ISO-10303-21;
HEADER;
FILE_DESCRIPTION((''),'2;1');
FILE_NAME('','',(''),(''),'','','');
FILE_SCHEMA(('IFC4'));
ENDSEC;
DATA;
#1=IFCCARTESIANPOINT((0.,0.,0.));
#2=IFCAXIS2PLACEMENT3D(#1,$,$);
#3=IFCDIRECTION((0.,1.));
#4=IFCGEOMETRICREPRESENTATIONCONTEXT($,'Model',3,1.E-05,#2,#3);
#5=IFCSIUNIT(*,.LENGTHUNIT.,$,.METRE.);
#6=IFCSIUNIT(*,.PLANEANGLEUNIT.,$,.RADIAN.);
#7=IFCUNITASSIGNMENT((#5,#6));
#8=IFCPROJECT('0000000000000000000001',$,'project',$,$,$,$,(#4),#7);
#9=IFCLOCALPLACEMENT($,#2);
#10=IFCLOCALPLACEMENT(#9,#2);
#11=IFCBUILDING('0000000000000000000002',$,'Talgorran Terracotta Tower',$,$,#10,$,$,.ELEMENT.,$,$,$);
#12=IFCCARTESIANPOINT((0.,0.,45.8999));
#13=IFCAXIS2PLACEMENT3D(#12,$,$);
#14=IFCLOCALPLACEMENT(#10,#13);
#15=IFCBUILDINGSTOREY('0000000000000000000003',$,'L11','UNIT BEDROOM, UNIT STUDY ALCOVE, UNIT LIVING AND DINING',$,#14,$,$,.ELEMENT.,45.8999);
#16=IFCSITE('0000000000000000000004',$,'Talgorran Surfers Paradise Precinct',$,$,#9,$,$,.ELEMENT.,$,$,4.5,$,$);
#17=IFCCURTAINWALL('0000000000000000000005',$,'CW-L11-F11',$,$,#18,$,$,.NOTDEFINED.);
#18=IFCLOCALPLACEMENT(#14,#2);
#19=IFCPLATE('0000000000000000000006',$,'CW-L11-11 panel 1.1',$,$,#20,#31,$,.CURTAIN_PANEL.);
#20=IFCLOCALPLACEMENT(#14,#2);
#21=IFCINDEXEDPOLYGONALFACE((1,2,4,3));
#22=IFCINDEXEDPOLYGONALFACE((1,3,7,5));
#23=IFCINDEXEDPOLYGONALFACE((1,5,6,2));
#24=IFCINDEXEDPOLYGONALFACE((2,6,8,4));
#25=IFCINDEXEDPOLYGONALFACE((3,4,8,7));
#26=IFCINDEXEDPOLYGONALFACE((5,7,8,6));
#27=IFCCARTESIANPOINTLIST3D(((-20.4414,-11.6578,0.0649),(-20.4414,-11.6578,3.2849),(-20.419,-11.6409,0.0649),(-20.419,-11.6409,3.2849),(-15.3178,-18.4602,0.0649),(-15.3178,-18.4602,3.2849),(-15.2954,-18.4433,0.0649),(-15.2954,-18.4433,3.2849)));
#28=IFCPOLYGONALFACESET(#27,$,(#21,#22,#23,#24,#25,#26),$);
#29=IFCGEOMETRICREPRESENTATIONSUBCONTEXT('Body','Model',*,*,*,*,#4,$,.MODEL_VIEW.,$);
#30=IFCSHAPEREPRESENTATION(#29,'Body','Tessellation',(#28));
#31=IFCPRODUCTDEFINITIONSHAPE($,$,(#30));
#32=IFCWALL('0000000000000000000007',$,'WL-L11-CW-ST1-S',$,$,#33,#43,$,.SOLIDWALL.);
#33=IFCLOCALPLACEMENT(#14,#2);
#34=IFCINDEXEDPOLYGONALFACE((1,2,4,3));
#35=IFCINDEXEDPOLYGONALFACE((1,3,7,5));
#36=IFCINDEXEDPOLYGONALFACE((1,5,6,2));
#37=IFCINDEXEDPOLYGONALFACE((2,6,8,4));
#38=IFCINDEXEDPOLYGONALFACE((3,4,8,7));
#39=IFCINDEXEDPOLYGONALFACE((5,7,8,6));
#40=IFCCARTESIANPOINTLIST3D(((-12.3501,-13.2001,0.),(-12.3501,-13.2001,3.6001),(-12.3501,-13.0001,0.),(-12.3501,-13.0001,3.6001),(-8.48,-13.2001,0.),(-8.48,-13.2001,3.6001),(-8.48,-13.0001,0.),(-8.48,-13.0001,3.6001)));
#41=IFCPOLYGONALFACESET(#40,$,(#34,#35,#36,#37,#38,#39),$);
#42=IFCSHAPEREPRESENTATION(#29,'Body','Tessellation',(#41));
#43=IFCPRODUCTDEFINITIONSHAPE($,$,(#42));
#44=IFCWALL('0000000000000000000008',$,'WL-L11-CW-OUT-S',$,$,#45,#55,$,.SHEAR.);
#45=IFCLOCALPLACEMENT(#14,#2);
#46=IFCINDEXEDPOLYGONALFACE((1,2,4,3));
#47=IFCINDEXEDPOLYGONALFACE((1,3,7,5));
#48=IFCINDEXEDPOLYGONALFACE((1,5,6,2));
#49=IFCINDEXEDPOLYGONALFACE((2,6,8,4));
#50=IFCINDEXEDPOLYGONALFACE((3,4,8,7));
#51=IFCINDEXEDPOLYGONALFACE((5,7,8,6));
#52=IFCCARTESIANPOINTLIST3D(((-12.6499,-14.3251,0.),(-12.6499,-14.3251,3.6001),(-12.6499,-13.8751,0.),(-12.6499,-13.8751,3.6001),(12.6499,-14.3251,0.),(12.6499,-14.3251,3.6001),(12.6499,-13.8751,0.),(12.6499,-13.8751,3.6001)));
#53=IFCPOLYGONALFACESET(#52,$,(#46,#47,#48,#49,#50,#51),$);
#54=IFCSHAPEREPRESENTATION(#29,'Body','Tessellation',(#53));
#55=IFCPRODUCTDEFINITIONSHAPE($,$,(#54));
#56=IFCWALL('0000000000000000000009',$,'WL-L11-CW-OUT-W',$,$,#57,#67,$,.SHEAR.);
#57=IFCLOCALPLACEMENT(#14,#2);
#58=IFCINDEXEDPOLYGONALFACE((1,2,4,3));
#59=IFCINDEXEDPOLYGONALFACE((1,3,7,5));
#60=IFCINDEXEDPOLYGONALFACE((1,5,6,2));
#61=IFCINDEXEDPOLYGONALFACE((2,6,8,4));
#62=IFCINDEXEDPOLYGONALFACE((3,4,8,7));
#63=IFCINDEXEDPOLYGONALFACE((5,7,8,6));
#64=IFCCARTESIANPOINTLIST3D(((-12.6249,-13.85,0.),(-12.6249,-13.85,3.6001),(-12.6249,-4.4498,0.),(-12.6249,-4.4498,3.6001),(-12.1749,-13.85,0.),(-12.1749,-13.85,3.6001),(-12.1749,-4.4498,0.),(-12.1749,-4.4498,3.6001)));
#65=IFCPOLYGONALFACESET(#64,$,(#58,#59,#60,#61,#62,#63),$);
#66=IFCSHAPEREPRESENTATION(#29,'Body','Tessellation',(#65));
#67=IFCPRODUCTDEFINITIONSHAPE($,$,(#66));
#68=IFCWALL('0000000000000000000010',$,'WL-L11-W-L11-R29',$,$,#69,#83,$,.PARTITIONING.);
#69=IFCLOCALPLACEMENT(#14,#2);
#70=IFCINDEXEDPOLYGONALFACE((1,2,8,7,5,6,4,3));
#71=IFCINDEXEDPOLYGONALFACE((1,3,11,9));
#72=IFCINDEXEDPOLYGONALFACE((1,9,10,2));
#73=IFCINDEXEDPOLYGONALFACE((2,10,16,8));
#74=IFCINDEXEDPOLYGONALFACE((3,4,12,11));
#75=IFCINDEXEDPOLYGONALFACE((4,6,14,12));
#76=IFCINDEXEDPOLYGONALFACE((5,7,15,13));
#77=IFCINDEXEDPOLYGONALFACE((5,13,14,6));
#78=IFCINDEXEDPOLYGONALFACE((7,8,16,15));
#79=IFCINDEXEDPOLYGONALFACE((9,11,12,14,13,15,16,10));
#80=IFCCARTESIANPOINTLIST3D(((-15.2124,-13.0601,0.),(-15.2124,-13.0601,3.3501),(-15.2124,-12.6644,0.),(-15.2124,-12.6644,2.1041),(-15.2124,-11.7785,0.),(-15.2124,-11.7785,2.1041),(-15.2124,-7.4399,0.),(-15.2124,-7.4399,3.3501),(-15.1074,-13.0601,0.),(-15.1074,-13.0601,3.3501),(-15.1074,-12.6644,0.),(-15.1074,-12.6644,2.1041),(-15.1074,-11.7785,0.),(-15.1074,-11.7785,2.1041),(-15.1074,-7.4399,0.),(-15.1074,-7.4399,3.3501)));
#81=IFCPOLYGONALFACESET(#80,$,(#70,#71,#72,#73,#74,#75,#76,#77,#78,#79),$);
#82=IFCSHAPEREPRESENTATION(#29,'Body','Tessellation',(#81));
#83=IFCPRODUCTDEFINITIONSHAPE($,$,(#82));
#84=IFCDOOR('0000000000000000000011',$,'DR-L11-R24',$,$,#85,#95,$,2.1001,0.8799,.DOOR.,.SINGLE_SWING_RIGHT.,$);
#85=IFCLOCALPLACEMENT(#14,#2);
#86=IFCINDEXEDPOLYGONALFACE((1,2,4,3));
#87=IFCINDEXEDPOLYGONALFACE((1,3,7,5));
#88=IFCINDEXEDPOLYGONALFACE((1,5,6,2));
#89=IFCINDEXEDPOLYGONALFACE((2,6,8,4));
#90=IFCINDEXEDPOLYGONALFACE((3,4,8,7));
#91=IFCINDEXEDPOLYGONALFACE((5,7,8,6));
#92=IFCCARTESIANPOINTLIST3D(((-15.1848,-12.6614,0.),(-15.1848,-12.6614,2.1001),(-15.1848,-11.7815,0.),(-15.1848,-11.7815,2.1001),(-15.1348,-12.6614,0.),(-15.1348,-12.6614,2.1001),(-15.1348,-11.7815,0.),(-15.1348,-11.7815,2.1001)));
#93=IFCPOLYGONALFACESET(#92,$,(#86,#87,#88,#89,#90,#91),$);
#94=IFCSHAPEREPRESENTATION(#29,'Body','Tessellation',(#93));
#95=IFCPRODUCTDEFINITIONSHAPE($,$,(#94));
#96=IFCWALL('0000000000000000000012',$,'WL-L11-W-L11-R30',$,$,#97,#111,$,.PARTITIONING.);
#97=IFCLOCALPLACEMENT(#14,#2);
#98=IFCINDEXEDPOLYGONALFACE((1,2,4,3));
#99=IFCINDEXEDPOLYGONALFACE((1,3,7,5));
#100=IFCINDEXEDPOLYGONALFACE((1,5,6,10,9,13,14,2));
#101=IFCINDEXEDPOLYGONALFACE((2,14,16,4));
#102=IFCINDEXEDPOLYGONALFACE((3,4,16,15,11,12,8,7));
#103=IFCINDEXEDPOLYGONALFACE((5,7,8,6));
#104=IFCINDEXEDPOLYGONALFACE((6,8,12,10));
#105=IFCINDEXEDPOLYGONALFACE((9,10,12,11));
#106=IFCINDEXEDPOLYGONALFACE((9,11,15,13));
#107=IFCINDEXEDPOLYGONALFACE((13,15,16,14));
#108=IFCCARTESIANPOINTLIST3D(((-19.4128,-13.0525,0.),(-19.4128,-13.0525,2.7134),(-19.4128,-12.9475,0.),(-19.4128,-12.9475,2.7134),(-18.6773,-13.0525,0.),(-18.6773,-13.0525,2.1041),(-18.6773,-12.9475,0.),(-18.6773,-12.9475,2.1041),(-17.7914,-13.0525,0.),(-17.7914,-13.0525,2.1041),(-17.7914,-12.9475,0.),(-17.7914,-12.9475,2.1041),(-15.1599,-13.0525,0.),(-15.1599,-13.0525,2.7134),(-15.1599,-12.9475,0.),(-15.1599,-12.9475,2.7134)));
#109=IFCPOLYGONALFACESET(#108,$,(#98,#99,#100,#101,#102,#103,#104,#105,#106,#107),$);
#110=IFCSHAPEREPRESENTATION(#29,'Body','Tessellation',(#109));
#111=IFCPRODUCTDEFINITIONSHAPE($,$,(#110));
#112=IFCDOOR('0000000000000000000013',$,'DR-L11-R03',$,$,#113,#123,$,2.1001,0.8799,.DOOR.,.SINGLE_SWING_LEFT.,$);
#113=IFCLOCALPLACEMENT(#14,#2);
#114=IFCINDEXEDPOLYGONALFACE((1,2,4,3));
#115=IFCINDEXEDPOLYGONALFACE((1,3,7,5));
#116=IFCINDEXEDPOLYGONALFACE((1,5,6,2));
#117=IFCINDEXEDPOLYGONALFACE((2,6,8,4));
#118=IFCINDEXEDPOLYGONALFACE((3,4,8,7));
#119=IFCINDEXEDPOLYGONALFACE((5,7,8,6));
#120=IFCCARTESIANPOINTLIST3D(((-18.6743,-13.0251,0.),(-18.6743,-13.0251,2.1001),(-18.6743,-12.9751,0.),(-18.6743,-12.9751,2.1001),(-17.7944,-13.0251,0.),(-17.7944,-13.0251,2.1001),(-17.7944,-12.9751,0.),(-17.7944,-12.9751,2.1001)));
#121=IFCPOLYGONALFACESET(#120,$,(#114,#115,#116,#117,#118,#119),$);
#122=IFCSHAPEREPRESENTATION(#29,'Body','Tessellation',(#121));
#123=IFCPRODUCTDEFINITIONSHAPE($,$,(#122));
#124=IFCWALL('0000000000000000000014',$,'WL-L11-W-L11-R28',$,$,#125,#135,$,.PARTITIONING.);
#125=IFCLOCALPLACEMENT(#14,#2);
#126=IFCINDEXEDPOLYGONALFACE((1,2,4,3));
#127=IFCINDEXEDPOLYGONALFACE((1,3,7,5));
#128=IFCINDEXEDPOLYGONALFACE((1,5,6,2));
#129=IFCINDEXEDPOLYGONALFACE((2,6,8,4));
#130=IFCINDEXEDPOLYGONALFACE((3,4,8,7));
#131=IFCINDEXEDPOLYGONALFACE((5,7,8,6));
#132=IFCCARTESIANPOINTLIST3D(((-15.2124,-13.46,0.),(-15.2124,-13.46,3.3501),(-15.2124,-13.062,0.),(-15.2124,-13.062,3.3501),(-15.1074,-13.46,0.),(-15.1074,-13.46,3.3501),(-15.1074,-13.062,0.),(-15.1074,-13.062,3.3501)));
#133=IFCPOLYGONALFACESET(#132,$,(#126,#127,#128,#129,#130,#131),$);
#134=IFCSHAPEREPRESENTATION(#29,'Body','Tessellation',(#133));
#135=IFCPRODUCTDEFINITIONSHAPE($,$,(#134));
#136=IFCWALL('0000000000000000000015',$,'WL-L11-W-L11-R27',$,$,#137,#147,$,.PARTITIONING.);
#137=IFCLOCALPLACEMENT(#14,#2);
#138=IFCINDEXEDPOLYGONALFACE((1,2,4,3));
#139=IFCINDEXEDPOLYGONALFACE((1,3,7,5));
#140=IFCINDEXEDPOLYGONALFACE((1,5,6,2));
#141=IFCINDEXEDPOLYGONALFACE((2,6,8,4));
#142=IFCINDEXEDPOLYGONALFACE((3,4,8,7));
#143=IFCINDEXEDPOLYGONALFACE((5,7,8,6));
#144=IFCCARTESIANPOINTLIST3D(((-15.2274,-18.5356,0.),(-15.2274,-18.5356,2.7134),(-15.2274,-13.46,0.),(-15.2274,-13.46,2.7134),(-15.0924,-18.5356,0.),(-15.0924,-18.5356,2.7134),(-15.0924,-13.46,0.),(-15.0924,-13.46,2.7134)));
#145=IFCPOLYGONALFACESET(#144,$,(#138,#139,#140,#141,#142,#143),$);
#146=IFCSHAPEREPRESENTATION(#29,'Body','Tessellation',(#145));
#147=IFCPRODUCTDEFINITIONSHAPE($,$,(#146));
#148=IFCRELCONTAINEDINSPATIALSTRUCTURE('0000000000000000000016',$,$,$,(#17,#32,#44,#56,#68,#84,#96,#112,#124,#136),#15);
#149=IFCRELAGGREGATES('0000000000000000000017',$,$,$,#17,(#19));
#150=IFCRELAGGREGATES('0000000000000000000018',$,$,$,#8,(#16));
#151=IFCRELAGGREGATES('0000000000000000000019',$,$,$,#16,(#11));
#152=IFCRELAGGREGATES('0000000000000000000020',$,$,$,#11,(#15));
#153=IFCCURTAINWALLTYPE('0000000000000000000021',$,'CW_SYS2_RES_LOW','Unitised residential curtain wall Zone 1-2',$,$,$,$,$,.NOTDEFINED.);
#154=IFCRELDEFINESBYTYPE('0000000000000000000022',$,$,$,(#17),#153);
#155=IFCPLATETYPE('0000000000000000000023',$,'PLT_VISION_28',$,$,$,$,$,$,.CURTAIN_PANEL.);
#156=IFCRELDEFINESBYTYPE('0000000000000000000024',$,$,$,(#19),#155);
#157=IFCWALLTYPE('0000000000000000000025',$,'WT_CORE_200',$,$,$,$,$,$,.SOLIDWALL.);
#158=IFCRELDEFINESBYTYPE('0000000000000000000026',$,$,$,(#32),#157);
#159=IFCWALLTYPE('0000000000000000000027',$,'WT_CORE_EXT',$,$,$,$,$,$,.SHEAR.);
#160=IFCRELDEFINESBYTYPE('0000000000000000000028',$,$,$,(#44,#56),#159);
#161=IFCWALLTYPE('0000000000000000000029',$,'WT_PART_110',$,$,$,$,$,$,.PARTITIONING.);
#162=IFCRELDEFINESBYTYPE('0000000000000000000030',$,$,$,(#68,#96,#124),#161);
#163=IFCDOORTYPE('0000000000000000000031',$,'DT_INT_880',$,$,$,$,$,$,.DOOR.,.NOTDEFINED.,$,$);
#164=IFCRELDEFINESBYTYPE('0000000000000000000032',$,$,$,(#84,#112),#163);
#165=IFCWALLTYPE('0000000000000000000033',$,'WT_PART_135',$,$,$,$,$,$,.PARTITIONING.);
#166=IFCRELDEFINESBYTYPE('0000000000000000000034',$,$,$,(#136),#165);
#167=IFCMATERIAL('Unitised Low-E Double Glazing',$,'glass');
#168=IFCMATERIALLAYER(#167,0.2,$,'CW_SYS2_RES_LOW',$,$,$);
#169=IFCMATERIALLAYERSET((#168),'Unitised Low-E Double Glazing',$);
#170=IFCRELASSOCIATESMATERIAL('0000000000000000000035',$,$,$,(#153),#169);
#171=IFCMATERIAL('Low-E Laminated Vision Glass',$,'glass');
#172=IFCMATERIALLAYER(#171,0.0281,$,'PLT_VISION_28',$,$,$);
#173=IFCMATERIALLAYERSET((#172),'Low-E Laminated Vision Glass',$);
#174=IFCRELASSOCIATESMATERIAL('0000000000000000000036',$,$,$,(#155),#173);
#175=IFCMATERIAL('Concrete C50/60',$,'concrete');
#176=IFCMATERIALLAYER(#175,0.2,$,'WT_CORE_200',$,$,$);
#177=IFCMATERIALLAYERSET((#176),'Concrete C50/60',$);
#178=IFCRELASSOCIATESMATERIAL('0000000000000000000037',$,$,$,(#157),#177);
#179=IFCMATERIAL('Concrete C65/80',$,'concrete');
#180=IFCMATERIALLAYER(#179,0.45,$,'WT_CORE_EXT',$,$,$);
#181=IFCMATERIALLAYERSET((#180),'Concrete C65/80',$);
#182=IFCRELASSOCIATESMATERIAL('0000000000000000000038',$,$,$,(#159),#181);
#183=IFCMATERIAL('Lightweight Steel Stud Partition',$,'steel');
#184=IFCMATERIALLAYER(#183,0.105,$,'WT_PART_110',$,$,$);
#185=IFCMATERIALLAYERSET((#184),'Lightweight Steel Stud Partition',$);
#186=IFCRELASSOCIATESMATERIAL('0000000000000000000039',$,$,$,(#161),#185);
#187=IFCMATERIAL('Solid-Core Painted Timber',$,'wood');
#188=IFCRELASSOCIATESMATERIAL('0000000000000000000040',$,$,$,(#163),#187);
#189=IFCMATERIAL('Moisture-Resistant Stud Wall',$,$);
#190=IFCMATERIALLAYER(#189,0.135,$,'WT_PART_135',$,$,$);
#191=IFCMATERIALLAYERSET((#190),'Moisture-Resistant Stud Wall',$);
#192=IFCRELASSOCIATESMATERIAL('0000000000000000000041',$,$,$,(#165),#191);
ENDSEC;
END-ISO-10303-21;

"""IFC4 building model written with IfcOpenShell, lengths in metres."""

from ifc_helpers import new_model, si_unit, direction, frame, frame_2d, origin, origin_2d, place, context, subcontext, project, spatial, rectangle, extrude, source, transform, mapped, material, layer, layer_set, type_object, type_shapes, element, fill, aggregate, save


model = new_model("IFC4")

# Units and contexts
model_context = context("Model", 3, precision=1e-05, world=origin(), true_north=direction((0.0, 1.0)))
body_context = subcontext(model_context, "Body", "Model", "MODEL_VIEW")
ifc_project = project(units=[si_unit("LENGTHUNIT", "METRE"), si_unit("PLANEANGLEUNIT", "RADIAN")], contexts=[model_context])

# Site, building, storey
site_placement = place(None, origin())
site = spatial("IfcSite", under=ifc_project, at=site_placement, Name="Talgorran Surfers Paradise Precinct", CompositionType="ELEMENT", RefElevation=4.5)
building_placement = place(site_placement, origin())
building = spatial("IfcBuilding", under=site, at=building_placement, Name="Talgorran Terracotta Tower", CompositionType="ELEMENT")
storey_placement = place(building_placement, frame((0.0, 0.0, 45.8999)))
storey = spatial("IfcBuildingStorey", under=building, at=storey_placement, Name="L11", Description="UNIT BEDROOM, UNIT STUDY ALCOVE, UNIT LIVING AND DINING", CompositionType="ELEMENT", Elevation=45.8999)

# Curtain wall
ifc_material_1 = material(Name="Unitised Low-E Double Glazing", Category="glass")
ifc_layer_1 = layer(ifc_material_1, 0.2, Name="CW_SYS2_RES_LOW")
ifc_layer_set_1 = layer_set([ifc_layer_1], Name="Unitised Low-E Double Glazing")
curtain_wall_type = type_object("IfcCurtainWallType", Name="CW_SYS2_RES_LOW", Description="Unitised residential curtain wall Zone 1-2", PredefinedType="NOTDEFINED", material=ifc_layer_set_1)
curtain_wall_1_placement = place(storey_placement, origin())
curtain_wall_1 = element("IfcCurtainWall", 1, at=curtain_wall_1_placement, inside=storey, type_object=curtain_wall_type, Name="CW-L11-F11", PredefinedType="NOTDEFINED")

# Plate
ifc_material_2 = material(Name="Low-E Laminated Vision Glass", Category="glass")
ifc_layer_2 = layer(ifc_material_2, 0.0281, Name="PLT_VISION_28")
ifc_layer_set_2 = layer_set([ifc_layer_2], Name="Low-E Laminated Vision Glass")
plate_type = type_object("IfcPlateType", Name="PLT_VISION_28", PredefinedType="CURTAIN_PANEL", material=ifc_layer_set_2)
shared_shape = source(origin(), body_context, "Body", "SweptSolid", [
    extrude(rectangle(XDim=8.5161, YDim=0.0281, at=origin_2d()), origin(), (0.0, 0.0, 1.0), 3.22),
])
type_shapes(plate_type, [shared_shape])
plate_placement = place(storey_placement, frame((-17.8684, -15.0505, 0.0649), z_axis=(0.0, 0.0, 1.0), x_axis=(0.601633, -0.798773, 0.0)))
plate = element("IfcPlate", 2, at=plate_placement, type_object=plate_type, Name="CW-L11-11 panel 1.1", PredefinedType="CURTAIN_PANEL", context=body_context, shape_type="MappedRepresentation", body=[
    mapped(shared_shape, transform((0.0, 0.0, 0.0), scale=1.0)),
])
aggregate(curtain_wall_1, [plate])

# Walls
ifc_material_3 = material(Name="Concrete C50/60", Category="concrete")
ifc_layer_3 = layer(ifc_material_3, 0.2, Name="WT_CORE_200")
ifc_layer_set_3 = layer_set([ifc_layer_3], Name="Concrete C50/60")
wall_type_1 = type_object("IfcWallType", Name="WT_CORE_200", PredefinedType="SOLIDWALL", material=ifc_layer_set_3)
wall_1_placement = place(storey_placement, frame((-12.3501, -13.1001, 0.0), z_axis=(0.0, 0.0, 1.0), x_axis=(1.0, 0.0, 0.0)))
element("IfcWall", 3, at=wall_1_placement, inside=storey, type_object=wall_type_1, Name="WL-L11-CW-ST1-S", PredefinedType="SOLIDWALL", context=body_context, shape_type="SweptSolid", body=[
    extrude(rectangle(XDim=3.8701, YDim=0.2, at=frame_2d((1.9351, 0.0))), origin(), (0.0, 0.0, 1.0), 3.6001),
])
ifc_material_4 = material(Name="Concrete C65/80", Category="concrete")
ifc_layer_4 = layer(ifc_material_4, 0.45, Name="WT_CORE_EXT")
ifc_layer_set_4 = layer_set([ifc_layer_4], Name="Concrete C65/80")
wall_type_2 = type_object("IfcWallType", Name="WT_CORE_EXT", PredefinedType="SHEAR", material=ifc_layer_set_4)
wall_2_placement = place(storey_placement, frame((-12.6499, -14.1001, 0.0), z_axis=(0.0, 0.0, 1.0), x_axis=(1.0, 0.0, 0.0)))
element("IfcWall", 4, at=wall_2_placement, inside=storey, type_object=wall_type_2, Name="WL-L11-CW-OUT-S", PredefinedType="SHEAR", context=body_context, shape_type="SweptSolid", body=[
    extrude(rectangle(XDim=25.2998, YDim=0.45, at=frame_2d((12.6499, 0.0))), origin(), (0.0, 0.0, 1.0), 3.6001),
])
wall_3_placement = place(storey_placement, frame((-12.3999, -13.8501, 0.0), z_axis=(0.0, 0.0, 1.0), x_axis=(0.0, 1.0, 0.0)))
element("IfcWall", 5, at=wall_3_placement, inside=storey, type_object=wall_type_2, Name="WL-L11-CW-OUT-W", PredefinedType="SHEAR", context=body_context, shape_type="SweptSolid", body=[
    extrude(rectangle(XDim=9.4001, YDim=0.45, at=frame_2d((4.7002, 0.0))), origin(), (0.0, 0.0, 1.0), 3.6001),
])

# Walls, openings, doors
ifc_material_5 = material(Name="Lightweight Steel Stud Partition", Category="steel")
ifc_layer_5 = layer(ifc_material_5, 0.105, Name="WT_PART_110")
ifc_layer_set_5 = layer_set([ifc_layer_5], Name="Lightweight Steel Stud Partition")
wall_type_3 = type_object("IfcWallType", Name="WT_PART_110", PredefinedType="PARTITIONING", material=ifc_layer_set_5)
wall_4_placement = place(storey_placement, frame((-15.1599, -13.0601, 0.0), z_axis=(0.0, 0.0, 1.0), x_axis=(0.0, 1.0, 0.0)))
wall_4 = element("IfcWall", 6, at=wall_4_placement, inside=storey, type_object=wall_type_3, Name="WL-L11-W-L11-R29", PredefinedType="PARTITIONING", context=body_context, shape_type="SweptSolid", body=[
    extrude(rectangle(XDim=5.6201, YDim=0.105, at=frame_2d((2.8101, 0.0))), origin(), (0.0, 0.0, 1.0), 3.3501),
])
opening_1_placement = place(wall_4_placement, frame((0.3987, 0.0, 0.0)))
opening_1 = element("IfcOpeningElement", 7, at=opening_1_placement, cuts=wall_4, PredefinedType="OPENING", context=body_context, shape_type="SweptSolid", body=[
    extrude(rectangle(XDim=0.8859, YDim=2.1041, at=frame_2d((0.4399, 1.052))), frame((0.0, 0.0625, 0.0), z_axis=(0.0, -1.0, 0.0), x_axis=(1.0, 0.0, 0.0)), (0.0, 0.0, 1.0), 0.125),
])
ifc_material_6 = material(Name="Solid-Core Painted Timber", Category="wood")
door_type_1 = type_object("IfcDoorType", Name="DT_INT_880", OperationType="NOTDEFINED", PredefinedType="DOOR", material=ifc_material_6)
door_1_placement = place(opening_1_placement, origin())
door_1 = element("IfcDoor", 8, at=door_1_placement, inside=storey, type_object=door_type_1, Name="DR-L11-R24", OperationType="SINGLE_SWING_RIGHT", OverallHeight=2.1001, OverallWidth=0.8799, PredefinedType="DOOR", context=body_context, shape_type="SweptSolid", body=[
    extrude(rectangle(XDim=0.8799, YDim=2.1001, at=frame_2d((0.4399, 1.05))), frame((0.0, 0.0249, 0.0), z_axis=(0.0, -1.0, 0.0), x_axis=(1.0, 0.0, 0.0)), (0.0, 0.0, 1.0), 0.05),
])
fill(opening_1, door_1)
wall_5_placement = place(storey_placement, frame((-19.4128, -13.0, 0.0), z_axis=(0.0, 0.0, 1.0), x_axis=(1.0, 0.0, 0.0)))
wall_5 = element("IfcWall", 9, at=wall_5_placement, inside=storey, type_object=wall_type_3, Name="WL-L11-W-L11-R30", PredefinedType="PARTITIONING", context=body_context, shape_type="SweptSolid", body=[
    extrude(rectangle(XDim=4.2529, YDim=0.105, at=frame_2d((2.1265, 0.0))), origin(), (0.0, 0.0, 1.0), 2.7134),
])
opening_2_placement = place(wall_5_placement, frame((0.7385, 0.0, 0.0)))
opening_2 = element("IfcOpeningElement", 10, at=opening_2_placement, cuts=wall_5, PredefinedType="OPENING", context=body_context, shape_type="SweptSolid", body=[
    extrude(rectangle(XDim=0.8859, YDim=2.1041, at=frame_2d((0.4399, 1.052))), frame((0.0, 0.0625, 0.0), z_axis=(0.0, -1.0, 0.0), x_axis=(1.0, 0.0, 0.0)), (0.0, 0.0, 1.0), 0.125),
])
door_2_placement = place(opening_2_placement, origin())
door_2 = element("IfcDoor", 11, at=door_2_placement, inside=storey, type_object=door_type_1, Name="DR-L11-R03", OperationType="SINGLE_SWING_LEFT", OverallHeight=2.1001, OverallWidth=0.8799, PredefinedType="DOOR", context=body_context, shape_type="SweptSolid", body=[
    extrude(rectangle(XDim=0.8799, YDim=2.1001, at=frame_2d((0.4399, 1.05))), frame((0.0, 0.0249, 0.0), z_axis=(0.0, -1.0, 0.0), x_axis=(1.0, 0.0, 0.0)), (0.0, 0.0, 1.0), 0.05),
])
fill(opening_2, door_2)

# Walls
wall_6_placement = place(storey_placement, frame((-15.1599, -13.46, 0.0), z_axis=(0.0, 0.0, 1.0), x_axis=(0.0, 1.0, 0.0)))
element("IfcWall", 12, at=wall_6_placement, inside=storey, type_object=wall_type_3, Name="WL-L11-W-L11-R28", PredefinedType="PARTITIONING", context=body_context, shape_type="SweptSolid", body=[
    extrude(rectangle(XDim=0.3979, YDim=0.105, at=frame_2d((0.199, 0.0))), origin(), (0.0, 0.0, 1.0), 3.3501),
])
ifc_material_7 = material(Name="Moisture-Resistant Stud Wall")
ifc_layer_6 = layer(ifc_material_7, 0.135, Name="WT_PART_135")
ifc_layer_set_6 = layer_set([ifc_layer_6], Name="Moisture-Resistant Stud Wall")
wall_type_4 = type_object("IfcWallType", Name="WT_PART_135", PredefinedType="PARTITIONING", material=ifc_layer_set_6)
wall_7_placement = place(storey_placement, frame((-15.1599, -18.5356, 0.0), z_axis=(0.0, 0.0, 1.0), x_axis=(0.0, 1.0, 0.0)))
element("IfcWall", 13, at=wall_7_placement, inside=storey, type_object=wall_type_4, Name="WL-L11-W-L11-R27", PredefinedType="PARTITIONING", context=body_context, shape_type="SweptSolid", body=[
    extrude(rectangle(XDim=5.0757, YDim=0.135, at=frame_2d((2.5378, 0.0))), origin(), (0.0, 0.0, 1.0), 2.7134),
])

save(model, "model.ifc")
